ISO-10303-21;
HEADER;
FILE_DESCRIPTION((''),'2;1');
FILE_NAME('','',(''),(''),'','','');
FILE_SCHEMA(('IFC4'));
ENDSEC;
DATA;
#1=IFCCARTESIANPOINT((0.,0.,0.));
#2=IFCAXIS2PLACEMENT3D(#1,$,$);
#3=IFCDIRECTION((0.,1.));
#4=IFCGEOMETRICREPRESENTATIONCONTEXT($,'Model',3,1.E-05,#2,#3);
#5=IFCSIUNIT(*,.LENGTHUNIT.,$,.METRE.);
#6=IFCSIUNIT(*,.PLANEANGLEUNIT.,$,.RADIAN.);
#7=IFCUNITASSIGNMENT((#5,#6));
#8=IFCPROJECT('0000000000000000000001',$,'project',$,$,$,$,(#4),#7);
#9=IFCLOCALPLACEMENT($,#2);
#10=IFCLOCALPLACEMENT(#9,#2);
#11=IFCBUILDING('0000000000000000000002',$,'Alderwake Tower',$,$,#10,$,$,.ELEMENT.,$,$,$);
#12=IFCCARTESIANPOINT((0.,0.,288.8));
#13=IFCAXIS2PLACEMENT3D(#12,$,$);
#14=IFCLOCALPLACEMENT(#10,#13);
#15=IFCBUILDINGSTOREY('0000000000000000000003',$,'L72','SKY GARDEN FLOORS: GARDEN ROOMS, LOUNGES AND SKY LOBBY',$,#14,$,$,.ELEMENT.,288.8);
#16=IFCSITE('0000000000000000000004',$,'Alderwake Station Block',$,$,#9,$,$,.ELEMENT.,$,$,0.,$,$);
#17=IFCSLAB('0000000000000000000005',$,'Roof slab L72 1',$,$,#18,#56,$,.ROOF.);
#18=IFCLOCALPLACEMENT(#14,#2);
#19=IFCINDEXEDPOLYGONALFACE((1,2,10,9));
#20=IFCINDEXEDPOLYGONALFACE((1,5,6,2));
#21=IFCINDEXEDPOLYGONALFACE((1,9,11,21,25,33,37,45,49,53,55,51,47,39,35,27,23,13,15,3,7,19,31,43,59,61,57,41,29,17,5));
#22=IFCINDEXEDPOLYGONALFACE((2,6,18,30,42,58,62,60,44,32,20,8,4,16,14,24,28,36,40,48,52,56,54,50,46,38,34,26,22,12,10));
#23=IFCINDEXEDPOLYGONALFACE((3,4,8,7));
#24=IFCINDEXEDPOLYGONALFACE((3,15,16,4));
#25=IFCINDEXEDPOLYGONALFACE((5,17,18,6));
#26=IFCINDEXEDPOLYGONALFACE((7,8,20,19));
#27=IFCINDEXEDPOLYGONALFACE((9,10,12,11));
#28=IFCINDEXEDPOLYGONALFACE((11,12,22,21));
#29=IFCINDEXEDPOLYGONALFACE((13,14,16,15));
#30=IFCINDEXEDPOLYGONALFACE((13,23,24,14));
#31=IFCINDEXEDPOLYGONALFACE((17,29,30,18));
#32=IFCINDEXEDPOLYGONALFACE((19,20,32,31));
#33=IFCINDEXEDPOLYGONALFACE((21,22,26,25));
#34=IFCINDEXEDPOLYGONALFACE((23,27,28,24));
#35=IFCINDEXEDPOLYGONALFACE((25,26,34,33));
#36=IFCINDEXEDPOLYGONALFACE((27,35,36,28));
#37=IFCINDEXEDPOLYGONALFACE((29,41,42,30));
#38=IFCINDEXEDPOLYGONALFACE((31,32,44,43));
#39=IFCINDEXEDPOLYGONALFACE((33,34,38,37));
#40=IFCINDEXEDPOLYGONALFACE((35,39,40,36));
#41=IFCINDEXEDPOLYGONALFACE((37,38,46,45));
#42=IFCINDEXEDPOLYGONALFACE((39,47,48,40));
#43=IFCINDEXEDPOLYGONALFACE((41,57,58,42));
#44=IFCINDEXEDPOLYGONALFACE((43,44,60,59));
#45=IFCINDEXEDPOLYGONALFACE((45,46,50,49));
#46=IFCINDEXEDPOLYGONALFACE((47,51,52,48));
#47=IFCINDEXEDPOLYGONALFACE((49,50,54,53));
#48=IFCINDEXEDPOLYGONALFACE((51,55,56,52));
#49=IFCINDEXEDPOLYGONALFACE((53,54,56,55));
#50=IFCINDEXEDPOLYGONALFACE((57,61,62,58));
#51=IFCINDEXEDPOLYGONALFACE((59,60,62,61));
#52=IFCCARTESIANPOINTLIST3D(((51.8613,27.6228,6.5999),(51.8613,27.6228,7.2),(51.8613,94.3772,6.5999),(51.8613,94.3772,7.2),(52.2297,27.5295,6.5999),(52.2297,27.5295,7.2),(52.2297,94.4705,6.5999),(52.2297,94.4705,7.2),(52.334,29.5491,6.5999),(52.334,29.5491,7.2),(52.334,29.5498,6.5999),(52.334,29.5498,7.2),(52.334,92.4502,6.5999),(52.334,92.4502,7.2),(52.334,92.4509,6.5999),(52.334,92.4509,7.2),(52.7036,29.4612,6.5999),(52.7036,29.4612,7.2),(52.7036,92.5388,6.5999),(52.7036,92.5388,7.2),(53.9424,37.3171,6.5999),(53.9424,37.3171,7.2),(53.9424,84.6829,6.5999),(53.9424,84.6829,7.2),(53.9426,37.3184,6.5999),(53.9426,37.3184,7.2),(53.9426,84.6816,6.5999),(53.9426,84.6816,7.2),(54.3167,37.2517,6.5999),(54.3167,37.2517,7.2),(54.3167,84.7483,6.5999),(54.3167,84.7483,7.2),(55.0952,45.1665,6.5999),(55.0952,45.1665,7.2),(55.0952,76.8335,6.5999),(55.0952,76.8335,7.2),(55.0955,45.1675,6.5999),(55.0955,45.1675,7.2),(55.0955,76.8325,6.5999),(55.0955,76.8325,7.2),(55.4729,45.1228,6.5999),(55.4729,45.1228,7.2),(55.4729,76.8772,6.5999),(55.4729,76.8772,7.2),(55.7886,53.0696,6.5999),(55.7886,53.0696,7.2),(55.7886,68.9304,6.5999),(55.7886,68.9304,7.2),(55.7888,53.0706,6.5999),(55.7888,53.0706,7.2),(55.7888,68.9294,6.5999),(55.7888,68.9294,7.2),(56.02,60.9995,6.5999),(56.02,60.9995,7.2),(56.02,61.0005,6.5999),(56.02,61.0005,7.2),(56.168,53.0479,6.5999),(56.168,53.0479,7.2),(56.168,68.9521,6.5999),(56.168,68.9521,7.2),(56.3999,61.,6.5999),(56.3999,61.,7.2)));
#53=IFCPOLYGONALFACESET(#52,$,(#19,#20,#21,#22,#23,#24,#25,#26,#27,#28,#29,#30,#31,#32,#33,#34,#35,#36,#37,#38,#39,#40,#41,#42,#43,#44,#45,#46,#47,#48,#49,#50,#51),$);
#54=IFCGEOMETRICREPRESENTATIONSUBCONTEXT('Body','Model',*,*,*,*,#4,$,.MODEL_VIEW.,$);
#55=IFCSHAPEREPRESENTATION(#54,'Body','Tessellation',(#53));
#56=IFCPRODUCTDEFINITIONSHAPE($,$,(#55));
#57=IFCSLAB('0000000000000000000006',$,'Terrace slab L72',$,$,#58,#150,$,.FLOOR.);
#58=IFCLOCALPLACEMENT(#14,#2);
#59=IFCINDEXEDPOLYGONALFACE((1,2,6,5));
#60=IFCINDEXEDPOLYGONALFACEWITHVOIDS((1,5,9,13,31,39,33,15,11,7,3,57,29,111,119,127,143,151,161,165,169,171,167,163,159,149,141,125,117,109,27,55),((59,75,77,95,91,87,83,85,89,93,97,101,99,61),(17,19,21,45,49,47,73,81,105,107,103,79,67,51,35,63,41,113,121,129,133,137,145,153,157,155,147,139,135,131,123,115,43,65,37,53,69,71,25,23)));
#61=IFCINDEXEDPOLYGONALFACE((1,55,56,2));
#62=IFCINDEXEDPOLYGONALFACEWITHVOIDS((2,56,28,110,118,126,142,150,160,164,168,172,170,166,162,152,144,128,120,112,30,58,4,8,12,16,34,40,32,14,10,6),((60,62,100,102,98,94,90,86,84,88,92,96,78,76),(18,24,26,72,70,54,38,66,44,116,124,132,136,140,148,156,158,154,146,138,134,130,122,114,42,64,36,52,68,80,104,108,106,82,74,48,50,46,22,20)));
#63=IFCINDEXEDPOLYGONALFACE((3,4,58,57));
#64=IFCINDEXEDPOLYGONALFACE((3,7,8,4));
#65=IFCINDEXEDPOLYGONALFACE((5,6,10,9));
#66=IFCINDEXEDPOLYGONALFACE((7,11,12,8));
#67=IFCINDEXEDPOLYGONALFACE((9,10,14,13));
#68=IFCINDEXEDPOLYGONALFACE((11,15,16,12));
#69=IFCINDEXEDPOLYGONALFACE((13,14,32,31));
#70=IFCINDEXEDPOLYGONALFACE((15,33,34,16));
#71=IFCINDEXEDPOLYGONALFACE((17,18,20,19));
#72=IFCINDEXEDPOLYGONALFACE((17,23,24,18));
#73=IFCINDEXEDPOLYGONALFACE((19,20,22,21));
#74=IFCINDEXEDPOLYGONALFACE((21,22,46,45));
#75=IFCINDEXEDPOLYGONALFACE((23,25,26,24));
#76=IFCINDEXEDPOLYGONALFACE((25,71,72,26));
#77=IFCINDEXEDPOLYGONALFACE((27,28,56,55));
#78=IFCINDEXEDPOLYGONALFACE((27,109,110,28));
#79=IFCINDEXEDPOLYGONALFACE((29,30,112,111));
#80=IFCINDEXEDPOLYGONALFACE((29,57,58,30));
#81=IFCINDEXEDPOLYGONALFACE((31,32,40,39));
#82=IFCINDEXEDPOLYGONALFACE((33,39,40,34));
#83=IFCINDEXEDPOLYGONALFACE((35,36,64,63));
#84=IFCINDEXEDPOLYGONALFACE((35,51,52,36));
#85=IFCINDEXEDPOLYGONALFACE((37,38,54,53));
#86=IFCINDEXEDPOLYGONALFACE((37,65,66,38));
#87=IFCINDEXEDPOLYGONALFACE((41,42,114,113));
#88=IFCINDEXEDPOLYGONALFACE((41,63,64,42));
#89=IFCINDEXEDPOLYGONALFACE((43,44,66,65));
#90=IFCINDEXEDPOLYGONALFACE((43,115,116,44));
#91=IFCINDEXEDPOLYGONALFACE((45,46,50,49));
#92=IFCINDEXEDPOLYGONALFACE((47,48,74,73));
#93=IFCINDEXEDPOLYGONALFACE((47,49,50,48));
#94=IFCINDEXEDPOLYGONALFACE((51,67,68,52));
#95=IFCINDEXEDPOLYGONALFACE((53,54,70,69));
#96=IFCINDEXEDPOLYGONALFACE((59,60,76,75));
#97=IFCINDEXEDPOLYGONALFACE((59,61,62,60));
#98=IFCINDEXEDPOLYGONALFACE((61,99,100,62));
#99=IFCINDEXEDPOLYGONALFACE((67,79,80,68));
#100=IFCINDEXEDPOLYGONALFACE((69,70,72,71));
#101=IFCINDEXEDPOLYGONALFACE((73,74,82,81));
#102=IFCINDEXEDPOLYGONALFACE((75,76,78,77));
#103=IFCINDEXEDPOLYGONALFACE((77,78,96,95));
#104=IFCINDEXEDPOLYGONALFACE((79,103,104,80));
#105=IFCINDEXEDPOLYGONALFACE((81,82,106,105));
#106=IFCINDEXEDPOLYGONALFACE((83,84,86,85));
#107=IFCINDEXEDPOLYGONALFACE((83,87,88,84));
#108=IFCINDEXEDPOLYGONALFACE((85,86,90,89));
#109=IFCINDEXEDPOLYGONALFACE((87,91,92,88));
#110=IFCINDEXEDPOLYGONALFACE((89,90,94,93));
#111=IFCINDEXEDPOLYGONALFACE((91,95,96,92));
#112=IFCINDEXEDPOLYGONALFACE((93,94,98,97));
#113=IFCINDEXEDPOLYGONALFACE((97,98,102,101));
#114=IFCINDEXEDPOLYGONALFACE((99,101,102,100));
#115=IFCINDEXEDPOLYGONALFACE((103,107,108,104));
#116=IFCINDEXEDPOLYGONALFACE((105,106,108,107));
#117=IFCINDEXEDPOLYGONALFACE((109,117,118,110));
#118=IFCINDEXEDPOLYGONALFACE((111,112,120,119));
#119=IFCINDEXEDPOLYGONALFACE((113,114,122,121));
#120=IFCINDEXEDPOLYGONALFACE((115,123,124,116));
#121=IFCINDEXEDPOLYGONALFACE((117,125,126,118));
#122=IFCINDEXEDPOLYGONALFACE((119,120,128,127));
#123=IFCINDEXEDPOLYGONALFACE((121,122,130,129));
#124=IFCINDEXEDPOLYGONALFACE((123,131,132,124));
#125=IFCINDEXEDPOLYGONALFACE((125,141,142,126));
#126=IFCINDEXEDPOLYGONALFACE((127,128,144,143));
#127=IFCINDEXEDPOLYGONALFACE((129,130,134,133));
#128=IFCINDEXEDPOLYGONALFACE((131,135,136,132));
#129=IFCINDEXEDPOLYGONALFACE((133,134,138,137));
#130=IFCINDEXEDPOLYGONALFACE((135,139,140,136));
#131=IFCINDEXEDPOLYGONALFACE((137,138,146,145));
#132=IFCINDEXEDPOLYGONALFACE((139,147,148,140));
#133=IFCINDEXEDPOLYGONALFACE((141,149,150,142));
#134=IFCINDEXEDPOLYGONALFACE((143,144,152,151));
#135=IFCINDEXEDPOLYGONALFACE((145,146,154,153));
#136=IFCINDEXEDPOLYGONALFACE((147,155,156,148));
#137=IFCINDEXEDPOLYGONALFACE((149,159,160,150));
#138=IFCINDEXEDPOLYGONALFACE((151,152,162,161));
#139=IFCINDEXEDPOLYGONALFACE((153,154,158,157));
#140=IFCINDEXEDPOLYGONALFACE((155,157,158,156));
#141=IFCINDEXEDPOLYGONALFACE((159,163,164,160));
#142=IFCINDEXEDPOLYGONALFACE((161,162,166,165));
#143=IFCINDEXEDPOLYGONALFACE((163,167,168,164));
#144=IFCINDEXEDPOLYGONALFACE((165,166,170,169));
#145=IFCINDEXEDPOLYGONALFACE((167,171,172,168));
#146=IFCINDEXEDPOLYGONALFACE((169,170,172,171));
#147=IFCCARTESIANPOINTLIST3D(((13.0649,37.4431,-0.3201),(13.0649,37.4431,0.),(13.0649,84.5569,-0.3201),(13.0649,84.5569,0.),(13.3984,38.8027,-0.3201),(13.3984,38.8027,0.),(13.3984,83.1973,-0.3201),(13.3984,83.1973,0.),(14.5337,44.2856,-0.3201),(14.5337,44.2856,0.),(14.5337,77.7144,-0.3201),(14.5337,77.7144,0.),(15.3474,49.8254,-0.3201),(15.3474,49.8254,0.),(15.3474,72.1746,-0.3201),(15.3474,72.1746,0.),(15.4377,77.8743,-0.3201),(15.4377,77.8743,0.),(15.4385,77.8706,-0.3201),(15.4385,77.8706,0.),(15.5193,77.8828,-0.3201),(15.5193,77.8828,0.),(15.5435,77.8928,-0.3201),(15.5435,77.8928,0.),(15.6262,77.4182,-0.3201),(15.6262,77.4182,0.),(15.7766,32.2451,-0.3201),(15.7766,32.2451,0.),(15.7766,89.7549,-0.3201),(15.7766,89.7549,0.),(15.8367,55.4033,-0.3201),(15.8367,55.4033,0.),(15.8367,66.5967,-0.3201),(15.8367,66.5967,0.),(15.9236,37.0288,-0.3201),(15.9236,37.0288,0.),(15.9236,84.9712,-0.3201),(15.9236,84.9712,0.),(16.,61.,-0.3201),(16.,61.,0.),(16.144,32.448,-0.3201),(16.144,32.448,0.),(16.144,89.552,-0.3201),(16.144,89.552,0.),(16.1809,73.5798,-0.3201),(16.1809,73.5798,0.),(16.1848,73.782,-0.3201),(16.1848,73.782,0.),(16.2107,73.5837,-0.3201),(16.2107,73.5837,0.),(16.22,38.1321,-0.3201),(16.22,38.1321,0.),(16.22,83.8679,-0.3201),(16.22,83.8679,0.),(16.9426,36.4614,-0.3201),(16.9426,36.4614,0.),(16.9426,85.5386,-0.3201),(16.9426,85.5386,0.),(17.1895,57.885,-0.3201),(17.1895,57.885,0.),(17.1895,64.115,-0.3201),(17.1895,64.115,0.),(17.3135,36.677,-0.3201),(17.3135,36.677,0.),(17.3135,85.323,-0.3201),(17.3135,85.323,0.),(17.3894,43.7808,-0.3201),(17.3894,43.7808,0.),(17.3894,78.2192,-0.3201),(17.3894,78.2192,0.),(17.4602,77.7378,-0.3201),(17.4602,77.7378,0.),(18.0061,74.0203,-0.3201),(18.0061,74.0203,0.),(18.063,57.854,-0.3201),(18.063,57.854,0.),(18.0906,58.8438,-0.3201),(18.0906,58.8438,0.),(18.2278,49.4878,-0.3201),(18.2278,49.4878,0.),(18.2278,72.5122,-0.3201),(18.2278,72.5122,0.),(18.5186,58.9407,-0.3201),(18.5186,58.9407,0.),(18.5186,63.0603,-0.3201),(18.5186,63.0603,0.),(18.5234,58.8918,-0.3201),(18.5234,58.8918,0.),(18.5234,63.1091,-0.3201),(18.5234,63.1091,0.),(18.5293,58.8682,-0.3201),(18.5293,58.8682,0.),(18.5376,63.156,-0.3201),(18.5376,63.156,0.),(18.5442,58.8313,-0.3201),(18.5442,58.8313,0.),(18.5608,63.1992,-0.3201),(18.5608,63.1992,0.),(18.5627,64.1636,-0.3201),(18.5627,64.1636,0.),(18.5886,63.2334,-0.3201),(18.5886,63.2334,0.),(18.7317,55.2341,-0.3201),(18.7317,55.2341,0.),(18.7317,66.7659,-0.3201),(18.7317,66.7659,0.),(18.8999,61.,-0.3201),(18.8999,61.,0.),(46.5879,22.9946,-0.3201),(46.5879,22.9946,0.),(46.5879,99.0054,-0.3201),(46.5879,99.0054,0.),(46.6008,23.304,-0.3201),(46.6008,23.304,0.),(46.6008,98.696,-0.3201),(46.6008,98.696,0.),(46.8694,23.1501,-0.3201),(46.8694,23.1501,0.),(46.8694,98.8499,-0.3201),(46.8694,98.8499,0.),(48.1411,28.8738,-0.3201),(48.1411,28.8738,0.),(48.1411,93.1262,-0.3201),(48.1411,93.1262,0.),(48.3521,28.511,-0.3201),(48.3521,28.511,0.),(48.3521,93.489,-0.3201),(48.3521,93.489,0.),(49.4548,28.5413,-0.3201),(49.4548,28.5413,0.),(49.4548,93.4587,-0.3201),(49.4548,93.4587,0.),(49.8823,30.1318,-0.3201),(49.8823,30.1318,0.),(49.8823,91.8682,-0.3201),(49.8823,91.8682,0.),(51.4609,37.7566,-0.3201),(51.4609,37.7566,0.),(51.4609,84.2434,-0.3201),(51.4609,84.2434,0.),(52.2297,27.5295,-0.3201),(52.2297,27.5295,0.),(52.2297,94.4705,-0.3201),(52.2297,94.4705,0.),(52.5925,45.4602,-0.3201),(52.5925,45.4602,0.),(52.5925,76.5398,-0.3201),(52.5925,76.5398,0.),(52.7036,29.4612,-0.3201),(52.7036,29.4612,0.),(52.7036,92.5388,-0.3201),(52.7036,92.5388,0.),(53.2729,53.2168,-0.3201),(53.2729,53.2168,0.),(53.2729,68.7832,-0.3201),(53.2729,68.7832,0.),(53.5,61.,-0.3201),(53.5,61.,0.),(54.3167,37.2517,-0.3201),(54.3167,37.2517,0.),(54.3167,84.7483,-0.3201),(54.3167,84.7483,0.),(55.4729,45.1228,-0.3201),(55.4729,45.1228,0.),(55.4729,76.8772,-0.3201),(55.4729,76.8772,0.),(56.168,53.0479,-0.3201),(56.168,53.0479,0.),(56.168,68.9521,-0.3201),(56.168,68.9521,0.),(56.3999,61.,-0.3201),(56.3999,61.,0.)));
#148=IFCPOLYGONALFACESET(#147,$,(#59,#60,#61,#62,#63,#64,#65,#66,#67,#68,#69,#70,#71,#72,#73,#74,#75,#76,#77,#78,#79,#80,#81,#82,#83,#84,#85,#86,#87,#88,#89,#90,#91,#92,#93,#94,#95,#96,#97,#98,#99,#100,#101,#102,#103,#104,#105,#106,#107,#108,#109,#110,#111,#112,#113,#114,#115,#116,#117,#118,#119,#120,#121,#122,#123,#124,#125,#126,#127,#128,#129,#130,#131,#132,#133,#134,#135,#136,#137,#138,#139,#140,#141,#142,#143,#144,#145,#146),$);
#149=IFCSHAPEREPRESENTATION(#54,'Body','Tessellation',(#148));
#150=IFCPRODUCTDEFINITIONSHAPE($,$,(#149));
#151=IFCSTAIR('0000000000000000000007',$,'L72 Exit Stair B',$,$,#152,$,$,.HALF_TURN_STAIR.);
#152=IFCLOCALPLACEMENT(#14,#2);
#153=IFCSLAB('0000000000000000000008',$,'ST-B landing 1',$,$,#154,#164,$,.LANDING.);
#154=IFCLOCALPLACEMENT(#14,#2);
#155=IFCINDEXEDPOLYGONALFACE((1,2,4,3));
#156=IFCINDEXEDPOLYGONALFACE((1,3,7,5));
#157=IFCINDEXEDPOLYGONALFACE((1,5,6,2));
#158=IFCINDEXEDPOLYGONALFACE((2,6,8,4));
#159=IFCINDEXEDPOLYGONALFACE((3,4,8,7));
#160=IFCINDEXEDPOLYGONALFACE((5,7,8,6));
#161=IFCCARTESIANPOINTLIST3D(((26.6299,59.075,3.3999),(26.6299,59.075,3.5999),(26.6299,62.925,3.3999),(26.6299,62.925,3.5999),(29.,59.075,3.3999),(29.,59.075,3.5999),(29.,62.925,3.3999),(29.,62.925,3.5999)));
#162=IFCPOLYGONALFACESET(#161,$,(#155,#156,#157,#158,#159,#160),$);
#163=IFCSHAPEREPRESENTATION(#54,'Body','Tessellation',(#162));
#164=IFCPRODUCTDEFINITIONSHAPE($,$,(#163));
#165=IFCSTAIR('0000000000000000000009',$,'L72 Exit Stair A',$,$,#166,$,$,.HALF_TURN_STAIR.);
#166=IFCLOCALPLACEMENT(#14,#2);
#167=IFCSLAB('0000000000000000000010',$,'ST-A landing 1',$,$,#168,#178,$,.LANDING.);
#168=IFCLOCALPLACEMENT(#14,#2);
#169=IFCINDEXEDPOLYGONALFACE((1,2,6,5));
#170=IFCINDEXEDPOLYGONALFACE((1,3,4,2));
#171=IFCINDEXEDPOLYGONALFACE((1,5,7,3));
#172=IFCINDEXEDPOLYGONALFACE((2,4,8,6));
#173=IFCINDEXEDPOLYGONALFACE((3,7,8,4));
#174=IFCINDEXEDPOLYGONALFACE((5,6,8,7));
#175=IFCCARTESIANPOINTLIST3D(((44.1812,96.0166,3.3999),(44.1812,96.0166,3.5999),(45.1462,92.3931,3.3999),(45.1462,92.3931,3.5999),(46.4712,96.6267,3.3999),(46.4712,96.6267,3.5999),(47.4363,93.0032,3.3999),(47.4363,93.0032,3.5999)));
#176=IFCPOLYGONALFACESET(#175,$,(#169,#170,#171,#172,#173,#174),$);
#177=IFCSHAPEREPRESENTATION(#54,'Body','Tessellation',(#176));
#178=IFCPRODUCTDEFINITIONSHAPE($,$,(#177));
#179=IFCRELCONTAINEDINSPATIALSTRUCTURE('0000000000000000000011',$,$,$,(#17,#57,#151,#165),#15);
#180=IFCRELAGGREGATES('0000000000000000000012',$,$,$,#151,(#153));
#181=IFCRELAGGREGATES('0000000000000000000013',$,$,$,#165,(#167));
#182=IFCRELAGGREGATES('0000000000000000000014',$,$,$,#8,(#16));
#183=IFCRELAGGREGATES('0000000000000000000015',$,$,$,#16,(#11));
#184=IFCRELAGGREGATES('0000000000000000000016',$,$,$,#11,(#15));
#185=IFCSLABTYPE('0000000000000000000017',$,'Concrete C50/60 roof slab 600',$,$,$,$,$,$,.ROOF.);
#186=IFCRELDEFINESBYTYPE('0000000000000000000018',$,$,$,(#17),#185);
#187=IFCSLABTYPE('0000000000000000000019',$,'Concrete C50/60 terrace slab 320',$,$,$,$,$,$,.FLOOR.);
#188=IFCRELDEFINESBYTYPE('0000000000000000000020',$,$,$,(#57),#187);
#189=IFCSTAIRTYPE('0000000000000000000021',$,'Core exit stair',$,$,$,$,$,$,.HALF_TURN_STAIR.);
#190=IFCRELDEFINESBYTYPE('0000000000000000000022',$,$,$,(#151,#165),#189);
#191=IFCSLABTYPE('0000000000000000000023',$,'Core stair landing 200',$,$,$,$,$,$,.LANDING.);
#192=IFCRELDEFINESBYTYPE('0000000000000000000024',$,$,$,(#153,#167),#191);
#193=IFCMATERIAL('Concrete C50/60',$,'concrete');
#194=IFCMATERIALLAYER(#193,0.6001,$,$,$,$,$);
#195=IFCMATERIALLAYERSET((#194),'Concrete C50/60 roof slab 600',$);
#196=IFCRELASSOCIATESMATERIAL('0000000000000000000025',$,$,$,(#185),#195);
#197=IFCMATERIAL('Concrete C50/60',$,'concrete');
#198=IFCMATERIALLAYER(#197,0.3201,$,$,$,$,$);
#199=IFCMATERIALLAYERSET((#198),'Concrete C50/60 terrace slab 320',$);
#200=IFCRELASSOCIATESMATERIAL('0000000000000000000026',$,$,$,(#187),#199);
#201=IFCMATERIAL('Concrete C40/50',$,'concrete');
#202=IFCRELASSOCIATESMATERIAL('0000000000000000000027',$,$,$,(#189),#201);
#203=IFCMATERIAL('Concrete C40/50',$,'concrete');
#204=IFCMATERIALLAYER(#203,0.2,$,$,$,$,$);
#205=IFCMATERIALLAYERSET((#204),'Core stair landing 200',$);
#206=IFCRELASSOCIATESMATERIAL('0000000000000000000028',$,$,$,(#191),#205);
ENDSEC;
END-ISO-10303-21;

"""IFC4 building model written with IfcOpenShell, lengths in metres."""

from ifc_helpers import new_model, si_unit, direction, frame, origin, place, context, subcontext, project, spatial, polyline, outline, extrude, material, layer, layer_set, type_object, element, aggregate, save


model = new_model("IFC4")

# Units and contexts
model_context = context("Model", 3, precision=1e-05, world=origin(), true_north=direction((0.0, 1.0)))
body_context = subcontext(model_context, "Body", "Model", "MODEL_VIEW")
ifc_project = project(units=[si_unit("LENGTHUNIT", "METRE"), si_unit("PLANEANGLEUNIT", "RADIAN")], contexts=[model_context])

# Site, building, storey
site_placement = place(None, origin())
site = spatial("IfcSite", under=ifc_project, at=site_placement, Name="Alderwake Station Block", CompositionType="ELEMENT", RefElevation=0.0)
building_placement = place(site_placement, origin())
building = spatial("IfcBuilding", under=site, at=building_placement, Name="Alderwake Tower", CompositionType="ELEMENT")
storey_placement = place(building_placement, frame((0.0, 0.0, 288.8)))
storey = spatial("IfcBuildingStorey", under=building, at=storey_placement, Name="L72", Description="SKY GARDEN FLOORS: GARDEN ROOMS, LOUNGES AND SKY LOBBY", CompositionType="ELEMENT", Elevation=288.8)

# Slabs
ifc_material_1 = material(Name="Concrete C50/60", Category="concrete")
ifc_layer_1 = layer(ifc_material_1, 0.6001)
ifc_layer_set_1 = layer_set([ifc_layer_1], Name="Concrete C50/60 roof slab 600")
slab_type_1 = type_object("IfcSlabType", Name="Concrete C50/60 roof slab 600", PredefinedType="ROOF", material=ifc_layer_set_1)
slab_1_placement = place(storey_placement, frame((0.0, 0.0, 6.5999)))
element("IfcSlab", 1, at=slab_1_placement, inside=storey, type_object=slab_type_1, Name="Roof slab L72 1", PredefinedType="ROOF", context=body_context, shape_type="SweptSolid", body=[
    extrude(outline(polyline([(52.7036, 92.5388), (54.3167, 84.7483), (55.4729, 76.8772), (56.168, 68.9521), (56.3999, 61.0), (56.168, 53.0479), (55.4729, 45.1228), (54.3167, 37.2517), (52.7036, 29.4612), (52.2297, 27.5295), (51.8613, 27.6228), (51.8613, 27.6228), (51.8613, 27.6228), (52.334, 29.5491), (52.334, 29.5498), (53.9424, 37.3171), (53.9426, 37.3184), (55.0952, 45.1665), (55.0955, 45.1675), (55.7886, 53.0696), (55.7888, 53.0706), (56.02, 60.9995), (56.02, 61.0005), (55.7888, 68.9294), (55.7886, 68.9304), (55.0955, 76.8325), (55.0952, 76.8335), (53.9426, 84.6816), (53.9424, 84.6829), (52.334, 92.4502), (52.334, 92.4509), (51.8613, 94.3772), (51.8613, 94.3772), (51.8613, 94.3772), (52.2297, 94.4705), (52.7036, 92.5388)])), origin(), (0.0, 0.0, 1.0), 0.6001),
])
ifc_material_2 = material(Name="Concrete C50/60", Category="concrete")
ifc_layer_2 = layer(ifc_material_2, 0.3201)
ifc_layer_set_2 = layer_set([ifc_layer_2], Name="Concrete C50/60 terrace slab 320")
slab_type_2 = type_object("IfcSlabType", Name="Concrete C50/60 terrace slab 320", PredefinedType="FLOOR", material=ifc_layer_set_2)
slab_2_placement = place(storey_placement, frame((0.0, 0.0, -0.3201)))
element("IfcSlab", 2, at=slab_2_placement, inside=storey, type_object=slab_type_2, Name="Terrace slab L72", PredefinedType="FLOOR", context=body_context, shape_type="SweptSolid", body=[
    extrude(outline(polyline([(13.3984, 38.8027), (14.5337, 44.2856), (15.3474, 49.8254), (15.8367, 55.4033), (16.0, 61.0), (15.8367, 66.5967), (15.3474, 72.1746), (14.5337, 77.7144), (13.3984, 83.1973), (13.0649, 84.5569), (16.9426, 85.5386), (15.7766, 89.7549), (46.5879, 99.0054), (46.8694, 98.8499), (48.3521, 93.489), (52.2297, 94.4705), (52.7036, 92.5388), (54.3167, 84.7483), (55.4729, 76.8772), (56.168, 68.9521), (56.3999, 61.0), (56.168, 53.0479), (55.4729, 45.1228), (54.3167, 37.2517), (52.7036, 29.4612), (52.2297, 27.5295), (48.3521, 28.511), (46.8694, 23.1501), (46.5879, 22.9946), (15.7766, 32.2451), (16.9426, 36.4614), (13.0649, 37.4431), (13.3984, 38.8027)]), holes=[polyline([(48.1411, 28.8738), (49.4548, 28.5413), (49.8823, 30.1318), (51.4609, 37.7566), (52.5925, 45.4602), (53.2729, 53.2168), (53.5, 61.0), (53.2729, 68.7832), (52.5925, 76.5398), (51.4609, 84.2434), (49.8823, 91.8682), (49.4548, 93.4587), (48.1411, 93.1262), (46.6008, 98.696), (16.144, 89.552), (17.3135, 85.323), (15.9236, 84.9712), (16.22, 83.8679), (17.3894, 78.2192), (17.4602, 77.7378), (15.6262, 77.4182), (15.5435, 77.8928), (15.4377, 77.8743), (15.4385, 77.8706), (15.5193, 77.8828), (16.1809, 73.5798), (16.2107, 73.5837), (16.1848, 73.782), (18.0061, 74.0203), (18.2278, 72.5122), (18.7317, 66.7659), (18.8999, 61.0), (18.7317, 55.2341), (18.2278, 49.4878), (17.3894, 43.7808), (16.22, 38.1321), (15.9236, 37.0288), (17.3135, 36.677), (16.144, 32.448), (46.6008, 23.304), (48.1411, 28.8738)]), polyline([(17.1895, 64.115), (17.1895, 57.885), (18.063, 57.854), (18.0906, 58.8438), (18.5442, 58.8313), (18.5293, 58.8682), (18.5234, 58.8918), (18.5186, 58.9407), (18.5186, 63.0603), (18.5234, 63.1091), (18.5376, 63.156), (18.5608, 63.1992), (18.5886, 63.2334), (18.5627, 64.1636), (17.1895, 64.115)])]), origin(), (0.0, 0.0, 1.0), 0.3201),
])

# Stairs, slabs
ifc_material_3 = material(Name="Concrete C40/50", Category="concrete")
stair_type = type_object("IfcStairType", Name="Core exit stair", PredefinedType="HALF_TURN_STAIR", material=ifc_material_3)
stair_1_placement = place(storey_placement, origin())
stair_1 = element("IfcStair", 3, at=stair_1_placement, inside=storey, type_object=stair_type, Name="L72 Exit Stair B", PredefinedType="HALF_TURN_STAIR")
ifc_material_4 = material(Name="Concrete C40/50", Category="concrete")
ifc_layer_3 = layer(ifc_material_4, 0.2)
ifc_layer_set_3 = layer_set([ifc_layer_3], Name="Core stair landing 200")
slab_type_3 = type_object("IfcSlabType", Name="Core stair landing 200", PredefinedType="LANDING", material=ifc_layer_set_3)
slab_3_placement = place(storey_placement, frame((0.0, 0.0, 3.3999)))
slab_3 = element("IfcSlab", 4, at=slab_3_placement, type_object=slab_type_3, Name="ST-B landing 1", PredefinedType="LANDING", context=body_context, shape_type="SweptSolid", body=[
    extrude(outline(polyline([(26.6299, 59.075), (29.0, 59.075), (29.0, 62.925), (26.6299, 62.925), (26.6299, 59.075)])), origin(), (0.0, 0.0, 1.0), 0.2),
])
aggregate(stair_1, [slab_3])
stair_2_placement = place(storey_placement, origin())
stair_2 = element("IfcStair", 5, at=stair_2_placement, inside=storey, type_object=stair_type, Name="L72 Exit Stair A", PredefinedType="HALF_TURN_STAIR")
slab_4_placement = place(storey_placement, frame((0.0, 0.0, 3.3999)))
slab_4 = element("IfcSlab", 6, at=slab_4_placement, type_object=slab_type_3, Name="ST-A landing 1", PredefinedType="LANDING", context=body_context, shape_type="SweptSolid", body=[
    extrude(outline(polyline([(45.1462, 92.3931), (47.4363, 93.0032), (46.4712, 96.6267), (44.1812, 96.0166), (45.1462, 92.3931)])), origin(), (0.0, 0.0, 1.0), 0.2),
])
aggregate(stair_2, [slab_4])

save(model, "model.ifc")
